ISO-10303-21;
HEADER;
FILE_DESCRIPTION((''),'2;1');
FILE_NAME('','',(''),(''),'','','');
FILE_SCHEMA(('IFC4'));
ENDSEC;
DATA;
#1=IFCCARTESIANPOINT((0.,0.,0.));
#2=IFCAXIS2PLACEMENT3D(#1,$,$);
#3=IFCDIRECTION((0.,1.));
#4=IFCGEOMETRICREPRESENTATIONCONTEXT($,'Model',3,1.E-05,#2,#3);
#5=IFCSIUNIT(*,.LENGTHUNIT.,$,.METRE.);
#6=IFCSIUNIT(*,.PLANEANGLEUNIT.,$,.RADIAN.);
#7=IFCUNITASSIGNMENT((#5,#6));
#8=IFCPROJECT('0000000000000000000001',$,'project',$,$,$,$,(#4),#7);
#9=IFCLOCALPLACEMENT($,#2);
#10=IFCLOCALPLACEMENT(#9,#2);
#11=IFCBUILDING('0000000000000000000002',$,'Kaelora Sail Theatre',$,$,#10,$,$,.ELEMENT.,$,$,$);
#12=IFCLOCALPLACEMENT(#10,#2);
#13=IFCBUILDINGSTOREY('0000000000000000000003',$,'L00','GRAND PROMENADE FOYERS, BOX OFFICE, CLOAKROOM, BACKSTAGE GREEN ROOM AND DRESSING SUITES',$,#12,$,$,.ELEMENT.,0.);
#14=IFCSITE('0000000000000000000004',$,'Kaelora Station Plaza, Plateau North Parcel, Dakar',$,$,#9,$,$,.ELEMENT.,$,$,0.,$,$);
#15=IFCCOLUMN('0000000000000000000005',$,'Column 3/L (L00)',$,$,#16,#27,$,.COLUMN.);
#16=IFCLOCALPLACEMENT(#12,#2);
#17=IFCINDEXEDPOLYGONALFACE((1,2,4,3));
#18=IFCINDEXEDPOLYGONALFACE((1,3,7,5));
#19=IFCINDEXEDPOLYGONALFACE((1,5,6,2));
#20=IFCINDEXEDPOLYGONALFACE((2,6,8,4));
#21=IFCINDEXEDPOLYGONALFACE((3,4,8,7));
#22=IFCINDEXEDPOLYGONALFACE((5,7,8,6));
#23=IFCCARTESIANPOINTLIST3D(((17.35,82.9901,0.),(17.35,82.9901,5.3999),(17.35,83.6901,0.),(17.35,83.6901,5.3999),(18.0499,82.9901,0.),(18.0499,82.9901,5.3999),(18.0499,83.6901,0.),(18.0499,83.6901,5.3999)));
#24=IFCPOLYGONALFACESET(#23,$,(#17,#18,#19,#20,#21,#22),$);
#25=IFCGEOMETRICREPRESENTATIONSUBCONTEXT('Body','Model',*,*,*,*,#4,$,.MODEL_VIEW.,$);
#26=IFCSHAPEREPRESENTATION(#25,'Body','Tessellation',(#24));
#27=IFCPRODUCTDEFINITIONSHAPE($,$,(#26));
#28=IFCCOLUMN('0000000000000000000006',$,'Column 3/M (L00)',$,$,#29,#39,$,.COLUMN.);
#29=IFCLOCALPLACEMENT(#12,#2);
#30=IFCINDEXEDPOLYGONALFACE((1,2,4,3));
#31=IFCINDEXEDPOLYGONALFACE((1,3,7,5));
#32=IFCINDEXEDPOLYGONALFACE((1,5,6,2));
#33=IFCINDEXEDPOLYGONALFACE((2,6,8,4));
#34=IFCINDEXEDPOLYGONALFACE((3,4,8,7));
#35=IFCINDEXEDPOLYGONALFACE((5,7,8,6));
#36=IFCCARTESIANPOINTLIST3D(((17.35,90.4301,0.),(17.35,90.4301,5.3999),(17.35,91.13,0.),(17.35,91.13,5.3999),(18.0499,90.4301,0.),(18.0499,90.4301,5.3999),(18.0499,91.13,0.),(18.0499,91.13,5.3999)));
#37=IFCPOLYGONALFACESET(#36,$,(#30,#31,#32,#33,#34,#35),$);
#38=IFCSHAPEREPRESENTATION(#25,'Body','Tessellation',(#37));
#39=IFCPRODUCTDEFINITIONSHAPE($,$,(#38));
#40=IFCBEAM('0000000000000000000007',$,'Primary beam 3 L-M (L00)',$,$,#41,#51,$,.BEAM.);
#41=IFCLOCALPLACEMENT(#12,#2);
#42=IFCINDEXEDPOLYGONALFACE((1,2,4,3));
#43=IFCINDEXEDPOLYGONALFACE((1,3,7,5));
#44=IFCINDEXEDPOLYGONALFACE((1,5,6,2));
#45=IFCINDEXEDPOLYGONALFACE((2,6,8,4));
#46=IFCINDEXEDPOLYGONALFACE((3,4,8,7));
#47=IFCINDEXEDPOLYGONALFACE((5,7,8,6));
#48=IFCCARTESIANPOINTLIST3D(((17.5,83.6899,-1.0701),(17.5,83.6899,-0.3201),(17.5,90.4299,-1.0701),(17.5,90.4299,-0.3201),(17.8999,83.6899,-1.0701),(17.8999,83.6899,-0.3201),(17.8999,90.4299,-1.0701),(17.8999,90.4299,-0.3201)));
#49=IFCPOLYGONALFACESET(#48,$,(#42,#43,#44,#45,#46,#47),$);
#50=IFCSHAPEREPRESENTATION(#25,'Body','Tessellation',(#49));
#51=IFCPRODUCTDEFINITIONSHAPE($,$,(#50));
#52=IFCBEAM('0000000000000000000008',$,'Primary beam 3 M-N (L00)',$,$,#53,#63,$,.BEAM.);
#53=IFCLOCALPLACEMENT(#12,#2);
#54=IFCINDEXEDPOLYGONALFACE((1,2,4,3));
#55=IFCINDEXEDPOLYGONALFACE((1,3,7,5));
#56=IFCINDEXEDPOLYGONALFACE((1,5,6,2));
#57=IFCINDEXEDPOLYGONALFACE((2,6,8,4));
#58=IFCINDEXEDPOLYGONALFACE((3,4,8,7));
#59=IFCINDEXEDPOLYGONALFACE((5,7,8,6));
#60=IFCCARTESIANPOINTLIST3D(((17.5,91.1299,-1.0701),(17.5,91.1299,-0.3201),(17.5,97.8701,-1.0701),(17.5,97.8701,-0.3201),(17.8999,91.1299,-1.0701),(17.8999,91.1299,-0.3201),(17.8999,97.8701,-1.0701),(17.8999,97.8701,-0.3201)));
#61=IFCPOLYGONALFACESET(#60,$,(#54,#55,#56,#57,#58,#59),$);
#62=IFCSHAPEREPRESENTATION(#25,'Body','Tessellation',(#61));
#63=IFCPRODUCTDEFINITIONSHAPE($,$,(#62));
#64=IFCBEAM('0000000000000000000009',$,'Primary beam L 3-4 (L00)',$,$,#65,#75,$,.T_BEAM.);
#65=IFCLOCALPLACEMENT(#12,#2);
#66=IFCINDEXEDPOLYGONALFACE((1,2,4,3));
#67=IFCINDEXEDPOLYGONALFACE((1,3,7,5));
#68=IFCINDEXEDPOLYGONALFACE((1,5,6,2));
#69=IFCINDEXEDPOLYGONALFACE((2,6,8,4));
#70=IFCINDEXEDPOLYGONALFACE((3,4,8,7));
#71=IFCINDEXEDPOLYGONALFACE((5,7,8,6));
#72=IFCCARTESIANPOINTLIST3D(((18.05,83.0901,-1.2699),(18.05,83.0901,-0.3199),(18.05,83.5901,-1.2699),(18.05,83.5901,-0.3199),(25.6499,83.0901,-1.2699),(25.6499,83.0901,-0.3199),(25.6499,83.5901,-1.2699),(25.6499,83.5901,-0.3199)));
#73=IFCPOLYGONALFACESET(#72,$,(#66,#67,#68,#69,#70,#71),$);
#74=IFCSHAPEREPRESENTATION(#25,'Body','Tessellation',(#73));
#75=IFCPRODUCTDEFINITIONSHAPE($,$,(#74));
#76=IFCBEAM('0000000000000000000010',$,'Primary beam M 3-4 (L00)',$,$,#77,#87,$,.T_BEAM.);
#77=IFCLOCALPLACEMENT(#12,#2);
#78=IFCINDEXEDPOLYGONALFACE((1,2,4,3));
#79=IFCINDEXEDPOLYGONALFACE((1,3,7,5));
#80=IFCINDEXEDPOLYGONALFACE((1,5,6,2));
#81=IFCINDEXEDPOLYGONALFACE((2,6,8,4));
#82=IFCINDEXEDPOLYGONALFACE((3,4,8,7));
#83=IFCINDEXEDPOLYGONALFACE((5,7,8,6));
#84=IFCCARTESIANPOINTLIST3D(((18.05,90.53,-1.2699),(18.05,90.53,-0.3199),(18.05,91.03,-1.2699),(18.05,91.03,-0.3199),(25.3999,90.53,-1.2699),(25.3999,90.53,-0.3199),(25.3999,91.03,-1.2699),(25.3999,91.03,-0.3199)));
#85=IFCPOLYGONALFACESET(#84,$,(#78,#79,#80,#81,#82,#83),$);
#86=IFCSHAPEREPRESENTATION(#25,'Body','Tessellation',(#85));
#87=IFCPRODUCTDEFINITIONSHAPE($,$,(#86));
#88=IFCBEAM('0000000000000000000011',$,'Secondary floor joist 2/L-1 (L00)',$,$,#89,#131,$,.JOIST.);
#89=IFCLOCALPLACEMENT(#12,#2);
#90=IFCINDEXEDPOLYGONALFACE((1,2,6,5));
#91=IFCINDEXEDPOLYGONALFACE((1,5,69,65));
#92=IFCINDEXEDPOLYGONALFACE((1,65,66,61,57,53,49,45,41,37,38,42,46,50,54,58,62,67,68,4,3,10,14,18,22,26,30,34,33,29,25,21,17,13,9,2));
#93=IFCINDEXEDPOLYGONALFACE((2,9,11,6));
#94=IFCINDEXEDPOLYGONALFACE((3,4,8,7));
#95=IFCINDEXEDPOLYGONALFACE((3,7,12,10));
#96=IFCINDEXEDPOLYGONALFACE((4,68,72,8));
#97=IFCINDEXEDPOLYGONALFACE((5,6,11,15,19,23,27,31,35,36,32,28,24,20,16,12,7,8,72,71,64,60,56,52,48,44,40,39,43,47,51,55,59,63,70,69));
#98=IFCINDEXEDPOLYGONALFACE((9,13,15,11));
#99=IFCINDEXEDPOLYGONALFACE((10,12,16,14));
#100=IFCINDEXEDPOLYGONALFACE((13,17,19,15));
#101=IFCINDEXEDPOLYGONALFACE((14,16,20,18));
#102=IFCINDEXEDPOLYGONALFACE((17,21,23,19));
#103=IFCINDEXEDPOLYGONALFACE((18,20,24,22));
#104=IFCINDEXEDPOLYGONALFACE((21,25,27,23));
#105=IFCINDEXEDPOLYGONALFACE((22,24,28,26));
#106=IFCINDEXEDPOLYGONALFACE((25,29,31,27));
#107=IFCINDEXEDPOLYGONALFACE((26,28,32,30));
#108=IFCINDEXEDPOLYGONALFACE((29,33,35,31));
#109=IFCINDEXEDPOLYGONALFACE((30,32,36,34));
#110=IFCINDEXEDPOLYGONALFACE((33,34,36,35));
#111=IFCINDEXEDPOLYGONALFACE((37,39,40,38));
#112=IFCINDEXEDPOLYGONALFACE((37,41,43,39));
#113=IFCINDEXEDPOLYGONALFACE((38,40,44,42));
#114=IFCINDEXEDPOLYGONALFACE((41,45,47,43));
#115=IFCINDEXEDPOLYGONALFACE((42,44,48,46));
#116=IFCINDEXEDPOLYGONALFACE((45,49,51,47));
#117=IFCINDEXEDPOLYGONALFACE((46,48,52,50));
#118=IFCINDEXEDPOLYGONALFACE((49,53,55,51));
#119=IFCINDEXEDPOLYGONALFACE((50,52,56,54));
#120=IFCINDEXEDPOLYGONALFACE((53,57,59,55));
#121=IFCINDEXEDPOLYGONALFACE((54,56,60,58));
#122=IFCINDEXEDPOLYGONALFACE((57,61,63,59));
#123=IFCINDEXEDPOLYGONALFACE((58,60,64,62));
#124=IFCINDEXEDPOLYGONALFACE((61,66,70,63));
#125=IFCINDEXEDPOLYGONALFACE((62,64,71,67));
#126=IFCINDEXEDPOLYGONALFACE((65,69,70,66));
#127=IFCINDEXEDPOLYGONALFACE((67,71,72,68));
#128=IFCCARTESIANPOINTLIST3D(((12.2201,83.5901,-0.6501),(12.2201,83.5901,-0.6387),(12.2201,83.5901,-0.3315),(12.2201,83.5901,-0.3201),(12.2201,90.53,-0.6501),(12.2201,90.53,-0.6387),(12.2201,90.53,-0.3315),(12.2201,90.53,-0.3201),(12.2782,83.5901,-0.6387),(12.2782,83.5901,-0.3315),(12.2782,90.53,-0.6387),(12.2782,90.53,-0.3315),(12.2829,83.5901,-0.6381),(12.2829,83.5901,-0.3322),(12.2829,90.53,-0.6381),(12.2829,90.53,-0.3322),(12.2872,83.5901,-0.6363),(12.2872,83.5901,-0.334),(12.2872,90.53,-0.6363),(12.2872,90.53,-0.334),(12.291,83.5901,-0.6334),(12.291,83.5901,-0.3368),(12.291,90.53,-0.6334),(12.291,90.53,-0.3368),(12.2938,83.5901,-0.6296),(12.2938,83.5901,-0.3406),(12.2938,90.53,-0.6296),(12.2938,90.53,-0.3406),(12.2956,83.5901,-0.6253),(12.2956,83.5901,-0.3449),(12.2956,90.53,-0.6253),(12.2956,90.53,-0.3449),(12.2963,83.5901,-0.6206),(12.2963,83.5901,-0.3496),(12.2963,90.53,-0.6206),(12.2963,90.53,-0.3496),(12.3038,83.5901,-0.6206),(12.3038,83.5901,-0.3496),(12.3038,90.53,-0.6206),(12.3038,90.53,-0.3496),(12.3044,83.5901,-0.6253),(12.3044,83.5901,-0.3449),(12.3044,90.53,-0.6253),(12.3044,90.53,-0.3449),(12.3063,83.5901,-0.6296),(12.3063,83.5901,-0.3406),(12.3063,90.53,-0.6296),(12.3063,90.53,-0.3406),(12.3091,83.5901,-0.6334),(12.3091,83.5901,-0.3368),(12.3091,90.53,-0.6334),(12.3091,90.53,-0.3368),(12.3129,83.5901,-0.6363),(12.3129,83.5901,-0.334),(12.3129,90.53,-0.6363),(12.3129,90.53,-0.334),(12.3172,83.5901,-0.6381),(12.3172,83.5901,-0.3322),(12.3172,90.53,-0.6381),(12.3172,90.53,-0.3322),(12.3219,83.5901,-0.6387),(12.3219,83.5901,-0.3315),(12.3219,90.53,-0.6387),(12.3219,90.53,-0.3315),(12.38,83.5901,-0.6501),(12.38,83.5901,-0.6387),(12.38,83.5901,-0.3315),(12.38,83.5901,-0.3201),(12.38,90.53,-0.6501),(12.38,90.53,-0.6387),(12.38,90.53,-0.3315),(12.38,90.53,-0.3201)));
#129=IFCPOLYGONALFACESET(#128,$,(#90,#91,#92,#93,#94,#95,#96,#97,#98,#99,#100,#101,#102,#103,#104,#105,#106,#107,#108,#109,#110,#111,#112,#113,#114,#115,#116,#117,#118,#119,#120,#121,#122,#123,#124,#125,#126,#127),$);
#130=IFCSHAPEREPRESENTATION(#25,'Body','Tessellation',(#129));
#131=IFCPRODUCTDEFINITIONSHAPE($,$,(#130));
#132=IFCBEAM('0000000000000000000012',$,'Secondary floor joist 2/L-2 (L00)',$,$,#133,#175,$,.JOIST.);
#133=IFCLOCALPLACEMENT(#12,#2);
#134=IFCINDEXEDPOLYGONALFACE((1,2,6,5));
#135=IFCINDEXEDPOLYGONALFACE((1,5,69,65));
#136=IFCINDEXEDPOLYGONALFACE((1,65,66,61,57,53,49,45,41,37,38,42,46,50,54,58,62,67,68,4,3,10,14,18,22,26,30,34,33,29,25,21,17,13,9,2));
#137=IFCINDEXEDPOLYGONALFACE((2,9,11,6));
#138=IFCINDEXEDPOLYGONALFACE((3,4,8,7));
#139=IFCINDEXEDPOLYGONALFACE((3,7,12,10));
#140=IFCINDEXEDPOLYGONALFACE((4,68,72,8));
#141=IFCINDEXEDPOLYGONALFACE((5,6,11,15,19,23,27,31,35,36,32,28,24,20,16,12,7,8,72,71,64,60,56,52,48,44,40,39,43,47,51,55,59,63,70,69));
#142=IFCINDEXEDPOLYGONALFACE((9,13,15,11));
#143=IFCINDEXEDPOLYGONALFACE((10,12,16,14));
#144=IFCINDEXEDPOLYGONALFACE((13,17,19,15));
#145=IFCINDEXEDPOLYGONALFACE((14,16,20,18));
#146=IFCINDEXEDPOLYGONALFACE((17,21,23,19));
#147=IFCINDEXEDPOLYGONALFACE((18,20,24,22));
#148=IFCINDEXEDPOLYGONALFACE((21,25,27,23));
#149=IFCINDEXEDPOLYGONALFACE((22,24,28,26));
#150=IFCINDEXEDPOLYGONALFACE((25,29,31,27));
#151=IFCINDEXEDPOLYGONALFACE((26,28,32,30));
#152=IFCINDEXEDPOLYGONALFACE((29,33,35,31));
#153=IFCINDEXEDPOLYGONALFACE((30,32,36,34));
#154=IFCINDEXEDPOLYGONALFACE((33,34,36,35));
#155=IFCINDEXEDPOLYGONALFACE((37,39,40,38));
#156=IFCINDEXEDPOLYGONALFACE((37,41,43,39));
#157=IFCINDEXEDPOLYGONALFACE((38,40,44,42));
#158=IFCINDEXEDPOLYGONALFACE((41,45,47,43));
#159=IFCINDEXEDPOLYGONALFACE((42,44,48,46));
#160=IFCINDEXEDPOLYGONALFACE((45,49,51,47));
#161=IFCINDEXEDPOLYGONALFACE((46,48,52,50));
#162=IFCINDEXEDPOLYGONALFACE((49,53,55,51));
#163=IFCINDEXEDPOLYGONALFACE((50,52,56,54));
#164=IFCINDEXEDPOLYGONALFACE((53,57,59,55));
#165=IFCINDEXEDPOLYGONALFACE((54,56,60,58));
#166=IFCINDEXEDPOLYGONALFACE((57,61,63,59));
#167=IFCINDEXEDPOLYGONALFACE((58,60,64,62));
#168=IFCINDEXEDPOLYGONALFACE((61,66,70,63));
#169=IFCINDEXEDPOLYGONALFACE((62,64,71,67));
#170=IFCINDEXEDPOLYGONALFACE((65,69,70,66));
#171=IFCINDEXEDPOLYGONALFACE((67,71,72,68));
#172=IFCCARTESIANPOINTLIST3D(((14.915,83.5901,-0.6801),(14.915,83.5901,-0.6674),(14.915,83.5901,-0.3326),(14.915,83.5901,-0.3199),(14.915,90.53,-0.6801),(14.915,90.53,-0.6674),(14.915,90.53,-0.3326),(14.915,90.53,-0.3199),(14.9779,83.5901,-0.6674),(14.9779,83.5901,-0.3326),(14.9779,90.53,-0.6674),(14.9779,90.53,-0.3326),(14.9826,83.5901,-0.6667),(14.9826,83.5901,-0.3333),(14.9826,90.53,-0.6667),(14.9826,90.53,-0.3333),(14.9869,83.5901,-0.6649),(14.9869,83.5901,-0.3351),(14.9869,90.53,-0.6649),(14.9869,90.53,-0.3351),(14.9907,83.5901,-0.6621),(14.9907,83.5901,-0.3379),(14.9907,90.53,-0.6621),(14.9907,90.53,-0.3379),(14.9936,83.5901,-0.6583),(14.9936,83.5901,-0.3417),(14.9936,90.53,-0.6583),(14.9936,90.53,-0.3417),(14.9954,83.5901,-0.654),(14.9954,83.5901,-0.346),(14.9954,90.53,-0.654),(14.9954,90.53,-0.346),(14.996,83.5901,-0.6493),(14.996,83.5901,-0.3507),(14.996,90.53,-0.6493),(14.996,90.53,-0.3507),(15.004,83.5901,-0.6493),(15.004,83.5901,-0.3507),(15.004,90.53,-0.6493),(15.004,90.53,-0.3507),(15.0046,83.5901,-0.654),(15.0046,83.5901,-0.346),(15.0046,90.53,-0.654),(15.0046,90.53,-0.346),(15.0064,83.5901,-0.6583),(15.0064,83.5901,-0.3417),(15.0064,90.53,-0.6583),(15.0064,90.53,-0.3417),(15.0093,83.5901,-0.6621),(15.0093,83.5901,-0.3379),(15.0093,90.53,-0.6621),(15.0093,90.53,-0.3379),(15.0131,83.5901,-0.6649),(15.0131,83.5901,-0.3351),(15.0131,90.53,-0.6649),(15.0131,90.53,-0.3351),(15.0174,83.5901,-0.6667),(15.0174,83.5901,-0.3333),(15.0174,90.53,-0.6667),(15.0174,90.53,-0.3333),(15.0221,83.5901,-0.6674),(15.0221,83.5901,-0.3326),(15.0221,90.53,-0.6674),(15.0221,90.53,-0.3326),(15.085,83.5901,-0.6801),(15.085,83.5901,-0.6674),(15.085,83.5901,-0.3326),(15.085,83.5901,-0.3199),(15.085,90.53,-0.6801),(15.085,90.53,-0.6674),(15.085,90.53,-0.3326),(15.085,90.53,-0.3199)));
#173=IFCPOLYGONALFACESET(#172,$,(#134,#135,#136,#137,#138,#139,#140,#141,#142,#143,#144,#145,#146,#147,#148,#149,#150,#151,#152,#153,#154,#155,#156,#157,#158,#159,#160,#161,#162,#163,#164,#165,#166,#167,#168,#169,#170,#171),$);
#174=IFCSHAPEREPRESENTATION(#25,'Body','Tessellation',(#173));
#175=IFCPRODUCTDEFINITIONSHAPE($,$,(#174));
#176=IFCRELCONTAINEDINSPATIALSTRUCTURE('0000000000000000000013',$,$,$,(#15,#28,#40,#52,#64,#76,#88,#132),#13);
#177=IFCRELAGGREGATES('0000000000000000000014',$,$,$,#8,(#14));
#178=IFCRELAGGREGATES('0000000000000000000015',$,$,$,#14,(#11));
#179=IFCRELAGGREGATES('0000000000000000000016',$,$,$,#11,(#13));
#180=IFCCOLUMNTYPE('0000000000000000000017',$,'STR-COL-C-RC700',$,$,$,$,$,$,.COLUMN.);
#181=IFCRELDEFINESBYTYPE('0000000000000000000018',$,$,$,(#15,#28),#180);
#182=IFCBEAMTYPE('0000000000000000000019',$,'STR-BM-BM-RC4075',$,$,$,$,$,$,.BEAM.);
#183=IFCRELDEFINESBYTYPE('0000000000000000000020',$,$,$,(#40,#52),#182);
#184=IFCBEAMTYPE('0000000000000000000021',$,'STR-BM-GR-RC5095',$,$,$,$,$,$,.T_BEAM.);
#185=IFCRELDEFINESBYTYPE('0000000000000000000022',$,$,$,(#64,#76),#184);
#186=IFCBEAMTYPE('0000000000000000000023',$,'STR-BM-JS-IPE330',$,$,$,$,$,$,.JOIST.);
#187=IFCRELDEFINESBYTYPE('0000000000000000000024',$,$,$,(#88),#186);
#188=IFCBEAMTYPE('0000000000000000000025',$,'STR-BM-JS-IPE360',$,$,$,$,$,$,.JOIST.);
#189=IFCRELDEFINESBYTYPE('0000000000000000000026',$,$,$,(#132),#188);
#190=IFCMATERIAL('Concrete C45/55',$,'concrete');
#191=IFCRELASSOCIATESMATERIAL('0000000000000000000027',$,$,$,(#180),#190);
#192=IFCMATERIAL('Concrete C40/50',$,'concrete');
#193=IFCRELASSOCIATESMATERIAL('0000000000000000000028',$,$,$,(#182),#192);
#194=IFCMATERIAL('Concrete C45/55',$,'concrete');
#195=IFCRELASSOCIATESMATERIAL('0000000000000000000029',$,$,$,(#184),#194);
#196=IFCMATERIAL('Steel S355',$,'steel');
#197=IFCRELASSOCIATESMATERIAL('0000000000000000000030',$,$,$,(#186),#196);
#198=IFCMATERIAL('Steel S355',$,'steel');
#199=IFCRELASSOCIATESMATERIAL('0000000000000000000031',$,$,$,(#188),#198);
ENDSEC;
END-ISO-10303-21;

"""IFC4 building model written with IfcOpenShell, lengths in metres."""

from ifc_helpers import new_model, si_unit, direction, frame, origin, origin_2d, place, context, subcontext, project, spatial, rectangle, i_section, extrude, material, material_profile, profile_set, type_object, element, save


model = new_model("IFC4")

# Units and contexts
model_context = context("Model", 3, precision=1e-05, world=origin(), true_north=direction((0.0, 1.0)))
body_context = subcontext(model_context, "Body", "Model", "MODEL_VIEW")
ifc_project = project(units=[si_unit("LENGTHUNIT", "METRE"), si_unit("PLANEANGLEUNIT", "RADIAN")], contexts=[model_context])

# Site, building, storey
site_placement = place(None, origin())
site = spatial("IfcSite", under=ifc_project, at=site_placement, Name="Kaelora Station Plaza, Plateau North Parcel, Dakar", CompositionType="ELEMENT", RefElevation=0.0)
building_placement = place(site_placement, origin())
building = spatial("IfcBuilding", under=site, at=building_placement, Name="Kaelora Sail Theatre", CompositionType="ELEMENT")
storey_placement = place(building_placement, origin())
storey = spatial("IfcBuildingStorey", under=building, at=storey_placement, Name="L00", Description="GRAND PROMENADE FOYERS, BOX OFFICE, CLOAKROOM, BACKSTAGE GREEN ROOM AND DRESSING SUITES", CompositionType="ELEMENT", Elevation=0.0)

# Columns
ifc_material_1 = material(Name="Concrete C45/55", Category="concrete")
ifc_material_profile_1 = material_profile(ifc_material_1, rectangle(XDim=0.7, YDim=0.7, at=origin_2d()), Name="RC-COL 700x700")
ifc_profile_set_1 = profile_set([ifc_material_profile_1], Name="Concrete C45/55")
column_type = type_object("IfcColumnType", Name="STR-COL-C-RC700", PredefinedType="COLUMN", material=ifc_profile_set_1)
for number, where, z_axis, x_axis, name in (
    (1, (17.7, 83.3401, 0.0), (0.0, 0.0, 1.0), (1.0, 0.0, 0.0), "Column 3/L (L00)"),
    (2, (17.7, 90.78, 0.0), (0.0, 0.0, 1.0), (1.0, 0.0, 0.0), "Column 3/M (L00)"),
):
    element("IfcColumn", number, at=place(storey_placement, frame(where, z_axis=z_axis, x_axis=x_axis)), inside=storey, type_object=column_type, Name=name, PredefinedType="COLUMN", context=body_context, shape_type="SweptSolid", body=[
        extrude(rectangle(XDim=0.7, YDim=0.7, at=origin_2d()), origin(), (0.0, 0.0, 1.0), 5.3999),
    ])

# Beams
ifc_material_2 = material(Name="Concrete C40/50", Category="concrete")
ifc_material_profile_2 = material_profile(ifc_material_2, rectangle(XDim=0.3999, YDim=0.75, at=origin_2d()), Name="RC-BM 400x750")
ifc_profile_set_2 = profile_set([ifc_material_profile_2], Name="Concrete C40/50")
beam_type_1 = type_object("IfcBeamType", Name="STR-BM-BM-RC4075", PredefinedType="BEAM", material=ifc_profile_set_2)
beam_1_placement = place(storey_placement, frame((17.7, 83.6899, -0.6951), z_axis=(0.0, 1.0, 0.0), x_axis=(-1.0, 0.0, 0.0)))
element("IfcBeam", 3, at=beam_1_placement, inside=storey, type_object=beam_type_1, Name="Primary beam 3 L-M (L00)", PredefinedType="BEAM", context=body_context, shape_type="SweptSolid", body=[
    extrude(rectangle(XDim=0.3999, YDim=0.75, at=origin_2d()), origin(), (0.0, 0.0, 1.0), 6.74),
])
beam_2_placement = place(storey_placement, frame((17.7, 91.1299, -0.6951), z_axis=(0.0, 1.0, 0.0), x_axis=(-1.0, 0.0, 0.0)))
element("IfcBeam", 4, at=beam_2_placement, inside=storey, type_object=beam_type_1, Name="Primary beam 3 M-N (L00)", PredefinedType="BEAM", context=body_context, shape_type="SweptSolid", body=[
    extrude(rectangle(XDim=0.3999, YDim=0.75, at=origin_2d()), origin(), (0.0, 0.0, 1.0), 6.7402),
])
ifc_material_3 = material(Name="Concrete C45/55", Category="concrete")
ifc_material_profile_3 = material_profile(ifc_material_3, rectangle(XDim=0.5, YDim=0.95, at=origin_2d()), Name="RC-GRD 500x950")
ifc_profile_set_3 = profile_set([ifc_material_profile_3], Name="Concrete C45/55")
beam_type_2 = type_object("IfcBeamType", Name="STR-BM-GR-RC5095", PredefinedType="T_BEAM", material=ifc_profile_set_3)
beam_3_placement = place(storey_placement, frame((18.05, 83.3401, -0.7949), z_axis=(1.0, 0.0, 0.0), x_axis=(0.0, 1.0, 0.0)))
element("IfcBeam", 5, at=beam_3_placement, inside=storey, type_object=beam_type_2, Name="Primary beam L 3-4 (L00)", PredefinedType="T_BEAM", context=body_context, shape_type="SweptSolid", body=[
    extrude(rectangle(XDim=0.5, YDim=0.95, at=origin_2d()), origin(), (0.0, 0.0, 1.0), 7.5999),
])
beam_4_placement = place(storey_placement, frame((18.05, 90.78, -0.7949), z_axis=(1.0, 0.0, 0.0), x_axis=(0.0, 1.0, 0.0)))
element("IfcBeam", 6, at=beam_4_placement, inside=storey, type_object=beam_type_2, Name="Primary beam M 3-4 (L00)", PredefinedType="T_BEAM", context=body_context, shape_type="SweptSolid", body=[
    extrude(rectangle(XDim=0.5, YDim=0.95, at=origin_2d()), origin(), (0.0, 0.0, 1.0), 7.3499),
])
ifc_material_4 = material(Name="Steel S355", Category="steel")
ifc_material_profile_4 = material_profile(ifc_material_4, i_section(OverallWidth=0.1599, OverallDepth=0.3301, WebThickness=0.0076, FlangeThickness=0.0115, FilletRadius=0.0181, at=origin_2d()), Name="IPE 330")
ifc_profile_set_4 = profile_set([ifc_material_profile_4], Name="Steel S355")
beam_type_3 = type_object("IfcBeamType", Name="STR-BM-JS-IPE330", PredefinedType="JOIST", material=ifc_profile_set_4)
beam_5_placement = place(storey_placement, frame((12.3, 83.5901, -0.4851), z_axis=(0.0, 1.0, 0.0), x_axis=(-1.0, 0.0, 0.0)))
element("IfcBeam", 7, at=beam_5_placement, inside=storey, type_object=beam_type_3, Name="Secondary floor joist 2/L-1 (L00)", PredefinedType="JOIST", context=body_context, shape_type="SweptSolid", body=[
    extrude(i_section(OverallWidth=0.1599, OverallDepth=0.3301, WebThickness=0.0076, FlangeThickness=0.0115, FilletRadius=0.0181, at=origin_2d()), origin(), (0.0, 0.0, 1.0), 6.9399),
])
ifc_material_5 = material(Name="Steel S355", Category="steel")
ifc_material_profile_5 = material_profile(ifc_material_5, i_section(OverallWidth=0.1699, OverallDepth=0.3601, WebThickness=0.0081, FlangeThickness=0.0127, FilletRadius=0.0181, at=origin_2d()), Name="IPE 360")
ifc_profile_set_5 = profile_set([ifc_material_profile_5], Name="Steel S355")
beam_type_4 = type_object("IfcBeamType", Name="STR-BM-JS-IPE360", PredefinedType="JOIST", material=ifc_profile_set_5)
for number, where, z_axis, x_axis, name in (
    (8, (15.0, 83.5901, -0.5), (0.0, 1.0, 0.0), (-1.0, 0.0, 0.0), "Secondary floor joist 2/L-2 (L00)"),
):
    element("IfcBeam", number, at=place(storey_placement, frame(where, z_axis=z_axis, x_axis=x_axis)), inside=storey, type_object=beam_type_4, Name=name, PredefinedType="JOIST", context=body_context, shape_type="SweptSolid", body=[
        extrude(i_section(OverallWidth=0.1699, OverallDepth=0.3601, WebThickness=0.0081, FlangeThickness=0.0127, FilletRadius=0.0181, at=origin_2d()), origin(), (0.0, 0.0, 1.0), 6.9399),
    ])

save(model, "model.ifc")
